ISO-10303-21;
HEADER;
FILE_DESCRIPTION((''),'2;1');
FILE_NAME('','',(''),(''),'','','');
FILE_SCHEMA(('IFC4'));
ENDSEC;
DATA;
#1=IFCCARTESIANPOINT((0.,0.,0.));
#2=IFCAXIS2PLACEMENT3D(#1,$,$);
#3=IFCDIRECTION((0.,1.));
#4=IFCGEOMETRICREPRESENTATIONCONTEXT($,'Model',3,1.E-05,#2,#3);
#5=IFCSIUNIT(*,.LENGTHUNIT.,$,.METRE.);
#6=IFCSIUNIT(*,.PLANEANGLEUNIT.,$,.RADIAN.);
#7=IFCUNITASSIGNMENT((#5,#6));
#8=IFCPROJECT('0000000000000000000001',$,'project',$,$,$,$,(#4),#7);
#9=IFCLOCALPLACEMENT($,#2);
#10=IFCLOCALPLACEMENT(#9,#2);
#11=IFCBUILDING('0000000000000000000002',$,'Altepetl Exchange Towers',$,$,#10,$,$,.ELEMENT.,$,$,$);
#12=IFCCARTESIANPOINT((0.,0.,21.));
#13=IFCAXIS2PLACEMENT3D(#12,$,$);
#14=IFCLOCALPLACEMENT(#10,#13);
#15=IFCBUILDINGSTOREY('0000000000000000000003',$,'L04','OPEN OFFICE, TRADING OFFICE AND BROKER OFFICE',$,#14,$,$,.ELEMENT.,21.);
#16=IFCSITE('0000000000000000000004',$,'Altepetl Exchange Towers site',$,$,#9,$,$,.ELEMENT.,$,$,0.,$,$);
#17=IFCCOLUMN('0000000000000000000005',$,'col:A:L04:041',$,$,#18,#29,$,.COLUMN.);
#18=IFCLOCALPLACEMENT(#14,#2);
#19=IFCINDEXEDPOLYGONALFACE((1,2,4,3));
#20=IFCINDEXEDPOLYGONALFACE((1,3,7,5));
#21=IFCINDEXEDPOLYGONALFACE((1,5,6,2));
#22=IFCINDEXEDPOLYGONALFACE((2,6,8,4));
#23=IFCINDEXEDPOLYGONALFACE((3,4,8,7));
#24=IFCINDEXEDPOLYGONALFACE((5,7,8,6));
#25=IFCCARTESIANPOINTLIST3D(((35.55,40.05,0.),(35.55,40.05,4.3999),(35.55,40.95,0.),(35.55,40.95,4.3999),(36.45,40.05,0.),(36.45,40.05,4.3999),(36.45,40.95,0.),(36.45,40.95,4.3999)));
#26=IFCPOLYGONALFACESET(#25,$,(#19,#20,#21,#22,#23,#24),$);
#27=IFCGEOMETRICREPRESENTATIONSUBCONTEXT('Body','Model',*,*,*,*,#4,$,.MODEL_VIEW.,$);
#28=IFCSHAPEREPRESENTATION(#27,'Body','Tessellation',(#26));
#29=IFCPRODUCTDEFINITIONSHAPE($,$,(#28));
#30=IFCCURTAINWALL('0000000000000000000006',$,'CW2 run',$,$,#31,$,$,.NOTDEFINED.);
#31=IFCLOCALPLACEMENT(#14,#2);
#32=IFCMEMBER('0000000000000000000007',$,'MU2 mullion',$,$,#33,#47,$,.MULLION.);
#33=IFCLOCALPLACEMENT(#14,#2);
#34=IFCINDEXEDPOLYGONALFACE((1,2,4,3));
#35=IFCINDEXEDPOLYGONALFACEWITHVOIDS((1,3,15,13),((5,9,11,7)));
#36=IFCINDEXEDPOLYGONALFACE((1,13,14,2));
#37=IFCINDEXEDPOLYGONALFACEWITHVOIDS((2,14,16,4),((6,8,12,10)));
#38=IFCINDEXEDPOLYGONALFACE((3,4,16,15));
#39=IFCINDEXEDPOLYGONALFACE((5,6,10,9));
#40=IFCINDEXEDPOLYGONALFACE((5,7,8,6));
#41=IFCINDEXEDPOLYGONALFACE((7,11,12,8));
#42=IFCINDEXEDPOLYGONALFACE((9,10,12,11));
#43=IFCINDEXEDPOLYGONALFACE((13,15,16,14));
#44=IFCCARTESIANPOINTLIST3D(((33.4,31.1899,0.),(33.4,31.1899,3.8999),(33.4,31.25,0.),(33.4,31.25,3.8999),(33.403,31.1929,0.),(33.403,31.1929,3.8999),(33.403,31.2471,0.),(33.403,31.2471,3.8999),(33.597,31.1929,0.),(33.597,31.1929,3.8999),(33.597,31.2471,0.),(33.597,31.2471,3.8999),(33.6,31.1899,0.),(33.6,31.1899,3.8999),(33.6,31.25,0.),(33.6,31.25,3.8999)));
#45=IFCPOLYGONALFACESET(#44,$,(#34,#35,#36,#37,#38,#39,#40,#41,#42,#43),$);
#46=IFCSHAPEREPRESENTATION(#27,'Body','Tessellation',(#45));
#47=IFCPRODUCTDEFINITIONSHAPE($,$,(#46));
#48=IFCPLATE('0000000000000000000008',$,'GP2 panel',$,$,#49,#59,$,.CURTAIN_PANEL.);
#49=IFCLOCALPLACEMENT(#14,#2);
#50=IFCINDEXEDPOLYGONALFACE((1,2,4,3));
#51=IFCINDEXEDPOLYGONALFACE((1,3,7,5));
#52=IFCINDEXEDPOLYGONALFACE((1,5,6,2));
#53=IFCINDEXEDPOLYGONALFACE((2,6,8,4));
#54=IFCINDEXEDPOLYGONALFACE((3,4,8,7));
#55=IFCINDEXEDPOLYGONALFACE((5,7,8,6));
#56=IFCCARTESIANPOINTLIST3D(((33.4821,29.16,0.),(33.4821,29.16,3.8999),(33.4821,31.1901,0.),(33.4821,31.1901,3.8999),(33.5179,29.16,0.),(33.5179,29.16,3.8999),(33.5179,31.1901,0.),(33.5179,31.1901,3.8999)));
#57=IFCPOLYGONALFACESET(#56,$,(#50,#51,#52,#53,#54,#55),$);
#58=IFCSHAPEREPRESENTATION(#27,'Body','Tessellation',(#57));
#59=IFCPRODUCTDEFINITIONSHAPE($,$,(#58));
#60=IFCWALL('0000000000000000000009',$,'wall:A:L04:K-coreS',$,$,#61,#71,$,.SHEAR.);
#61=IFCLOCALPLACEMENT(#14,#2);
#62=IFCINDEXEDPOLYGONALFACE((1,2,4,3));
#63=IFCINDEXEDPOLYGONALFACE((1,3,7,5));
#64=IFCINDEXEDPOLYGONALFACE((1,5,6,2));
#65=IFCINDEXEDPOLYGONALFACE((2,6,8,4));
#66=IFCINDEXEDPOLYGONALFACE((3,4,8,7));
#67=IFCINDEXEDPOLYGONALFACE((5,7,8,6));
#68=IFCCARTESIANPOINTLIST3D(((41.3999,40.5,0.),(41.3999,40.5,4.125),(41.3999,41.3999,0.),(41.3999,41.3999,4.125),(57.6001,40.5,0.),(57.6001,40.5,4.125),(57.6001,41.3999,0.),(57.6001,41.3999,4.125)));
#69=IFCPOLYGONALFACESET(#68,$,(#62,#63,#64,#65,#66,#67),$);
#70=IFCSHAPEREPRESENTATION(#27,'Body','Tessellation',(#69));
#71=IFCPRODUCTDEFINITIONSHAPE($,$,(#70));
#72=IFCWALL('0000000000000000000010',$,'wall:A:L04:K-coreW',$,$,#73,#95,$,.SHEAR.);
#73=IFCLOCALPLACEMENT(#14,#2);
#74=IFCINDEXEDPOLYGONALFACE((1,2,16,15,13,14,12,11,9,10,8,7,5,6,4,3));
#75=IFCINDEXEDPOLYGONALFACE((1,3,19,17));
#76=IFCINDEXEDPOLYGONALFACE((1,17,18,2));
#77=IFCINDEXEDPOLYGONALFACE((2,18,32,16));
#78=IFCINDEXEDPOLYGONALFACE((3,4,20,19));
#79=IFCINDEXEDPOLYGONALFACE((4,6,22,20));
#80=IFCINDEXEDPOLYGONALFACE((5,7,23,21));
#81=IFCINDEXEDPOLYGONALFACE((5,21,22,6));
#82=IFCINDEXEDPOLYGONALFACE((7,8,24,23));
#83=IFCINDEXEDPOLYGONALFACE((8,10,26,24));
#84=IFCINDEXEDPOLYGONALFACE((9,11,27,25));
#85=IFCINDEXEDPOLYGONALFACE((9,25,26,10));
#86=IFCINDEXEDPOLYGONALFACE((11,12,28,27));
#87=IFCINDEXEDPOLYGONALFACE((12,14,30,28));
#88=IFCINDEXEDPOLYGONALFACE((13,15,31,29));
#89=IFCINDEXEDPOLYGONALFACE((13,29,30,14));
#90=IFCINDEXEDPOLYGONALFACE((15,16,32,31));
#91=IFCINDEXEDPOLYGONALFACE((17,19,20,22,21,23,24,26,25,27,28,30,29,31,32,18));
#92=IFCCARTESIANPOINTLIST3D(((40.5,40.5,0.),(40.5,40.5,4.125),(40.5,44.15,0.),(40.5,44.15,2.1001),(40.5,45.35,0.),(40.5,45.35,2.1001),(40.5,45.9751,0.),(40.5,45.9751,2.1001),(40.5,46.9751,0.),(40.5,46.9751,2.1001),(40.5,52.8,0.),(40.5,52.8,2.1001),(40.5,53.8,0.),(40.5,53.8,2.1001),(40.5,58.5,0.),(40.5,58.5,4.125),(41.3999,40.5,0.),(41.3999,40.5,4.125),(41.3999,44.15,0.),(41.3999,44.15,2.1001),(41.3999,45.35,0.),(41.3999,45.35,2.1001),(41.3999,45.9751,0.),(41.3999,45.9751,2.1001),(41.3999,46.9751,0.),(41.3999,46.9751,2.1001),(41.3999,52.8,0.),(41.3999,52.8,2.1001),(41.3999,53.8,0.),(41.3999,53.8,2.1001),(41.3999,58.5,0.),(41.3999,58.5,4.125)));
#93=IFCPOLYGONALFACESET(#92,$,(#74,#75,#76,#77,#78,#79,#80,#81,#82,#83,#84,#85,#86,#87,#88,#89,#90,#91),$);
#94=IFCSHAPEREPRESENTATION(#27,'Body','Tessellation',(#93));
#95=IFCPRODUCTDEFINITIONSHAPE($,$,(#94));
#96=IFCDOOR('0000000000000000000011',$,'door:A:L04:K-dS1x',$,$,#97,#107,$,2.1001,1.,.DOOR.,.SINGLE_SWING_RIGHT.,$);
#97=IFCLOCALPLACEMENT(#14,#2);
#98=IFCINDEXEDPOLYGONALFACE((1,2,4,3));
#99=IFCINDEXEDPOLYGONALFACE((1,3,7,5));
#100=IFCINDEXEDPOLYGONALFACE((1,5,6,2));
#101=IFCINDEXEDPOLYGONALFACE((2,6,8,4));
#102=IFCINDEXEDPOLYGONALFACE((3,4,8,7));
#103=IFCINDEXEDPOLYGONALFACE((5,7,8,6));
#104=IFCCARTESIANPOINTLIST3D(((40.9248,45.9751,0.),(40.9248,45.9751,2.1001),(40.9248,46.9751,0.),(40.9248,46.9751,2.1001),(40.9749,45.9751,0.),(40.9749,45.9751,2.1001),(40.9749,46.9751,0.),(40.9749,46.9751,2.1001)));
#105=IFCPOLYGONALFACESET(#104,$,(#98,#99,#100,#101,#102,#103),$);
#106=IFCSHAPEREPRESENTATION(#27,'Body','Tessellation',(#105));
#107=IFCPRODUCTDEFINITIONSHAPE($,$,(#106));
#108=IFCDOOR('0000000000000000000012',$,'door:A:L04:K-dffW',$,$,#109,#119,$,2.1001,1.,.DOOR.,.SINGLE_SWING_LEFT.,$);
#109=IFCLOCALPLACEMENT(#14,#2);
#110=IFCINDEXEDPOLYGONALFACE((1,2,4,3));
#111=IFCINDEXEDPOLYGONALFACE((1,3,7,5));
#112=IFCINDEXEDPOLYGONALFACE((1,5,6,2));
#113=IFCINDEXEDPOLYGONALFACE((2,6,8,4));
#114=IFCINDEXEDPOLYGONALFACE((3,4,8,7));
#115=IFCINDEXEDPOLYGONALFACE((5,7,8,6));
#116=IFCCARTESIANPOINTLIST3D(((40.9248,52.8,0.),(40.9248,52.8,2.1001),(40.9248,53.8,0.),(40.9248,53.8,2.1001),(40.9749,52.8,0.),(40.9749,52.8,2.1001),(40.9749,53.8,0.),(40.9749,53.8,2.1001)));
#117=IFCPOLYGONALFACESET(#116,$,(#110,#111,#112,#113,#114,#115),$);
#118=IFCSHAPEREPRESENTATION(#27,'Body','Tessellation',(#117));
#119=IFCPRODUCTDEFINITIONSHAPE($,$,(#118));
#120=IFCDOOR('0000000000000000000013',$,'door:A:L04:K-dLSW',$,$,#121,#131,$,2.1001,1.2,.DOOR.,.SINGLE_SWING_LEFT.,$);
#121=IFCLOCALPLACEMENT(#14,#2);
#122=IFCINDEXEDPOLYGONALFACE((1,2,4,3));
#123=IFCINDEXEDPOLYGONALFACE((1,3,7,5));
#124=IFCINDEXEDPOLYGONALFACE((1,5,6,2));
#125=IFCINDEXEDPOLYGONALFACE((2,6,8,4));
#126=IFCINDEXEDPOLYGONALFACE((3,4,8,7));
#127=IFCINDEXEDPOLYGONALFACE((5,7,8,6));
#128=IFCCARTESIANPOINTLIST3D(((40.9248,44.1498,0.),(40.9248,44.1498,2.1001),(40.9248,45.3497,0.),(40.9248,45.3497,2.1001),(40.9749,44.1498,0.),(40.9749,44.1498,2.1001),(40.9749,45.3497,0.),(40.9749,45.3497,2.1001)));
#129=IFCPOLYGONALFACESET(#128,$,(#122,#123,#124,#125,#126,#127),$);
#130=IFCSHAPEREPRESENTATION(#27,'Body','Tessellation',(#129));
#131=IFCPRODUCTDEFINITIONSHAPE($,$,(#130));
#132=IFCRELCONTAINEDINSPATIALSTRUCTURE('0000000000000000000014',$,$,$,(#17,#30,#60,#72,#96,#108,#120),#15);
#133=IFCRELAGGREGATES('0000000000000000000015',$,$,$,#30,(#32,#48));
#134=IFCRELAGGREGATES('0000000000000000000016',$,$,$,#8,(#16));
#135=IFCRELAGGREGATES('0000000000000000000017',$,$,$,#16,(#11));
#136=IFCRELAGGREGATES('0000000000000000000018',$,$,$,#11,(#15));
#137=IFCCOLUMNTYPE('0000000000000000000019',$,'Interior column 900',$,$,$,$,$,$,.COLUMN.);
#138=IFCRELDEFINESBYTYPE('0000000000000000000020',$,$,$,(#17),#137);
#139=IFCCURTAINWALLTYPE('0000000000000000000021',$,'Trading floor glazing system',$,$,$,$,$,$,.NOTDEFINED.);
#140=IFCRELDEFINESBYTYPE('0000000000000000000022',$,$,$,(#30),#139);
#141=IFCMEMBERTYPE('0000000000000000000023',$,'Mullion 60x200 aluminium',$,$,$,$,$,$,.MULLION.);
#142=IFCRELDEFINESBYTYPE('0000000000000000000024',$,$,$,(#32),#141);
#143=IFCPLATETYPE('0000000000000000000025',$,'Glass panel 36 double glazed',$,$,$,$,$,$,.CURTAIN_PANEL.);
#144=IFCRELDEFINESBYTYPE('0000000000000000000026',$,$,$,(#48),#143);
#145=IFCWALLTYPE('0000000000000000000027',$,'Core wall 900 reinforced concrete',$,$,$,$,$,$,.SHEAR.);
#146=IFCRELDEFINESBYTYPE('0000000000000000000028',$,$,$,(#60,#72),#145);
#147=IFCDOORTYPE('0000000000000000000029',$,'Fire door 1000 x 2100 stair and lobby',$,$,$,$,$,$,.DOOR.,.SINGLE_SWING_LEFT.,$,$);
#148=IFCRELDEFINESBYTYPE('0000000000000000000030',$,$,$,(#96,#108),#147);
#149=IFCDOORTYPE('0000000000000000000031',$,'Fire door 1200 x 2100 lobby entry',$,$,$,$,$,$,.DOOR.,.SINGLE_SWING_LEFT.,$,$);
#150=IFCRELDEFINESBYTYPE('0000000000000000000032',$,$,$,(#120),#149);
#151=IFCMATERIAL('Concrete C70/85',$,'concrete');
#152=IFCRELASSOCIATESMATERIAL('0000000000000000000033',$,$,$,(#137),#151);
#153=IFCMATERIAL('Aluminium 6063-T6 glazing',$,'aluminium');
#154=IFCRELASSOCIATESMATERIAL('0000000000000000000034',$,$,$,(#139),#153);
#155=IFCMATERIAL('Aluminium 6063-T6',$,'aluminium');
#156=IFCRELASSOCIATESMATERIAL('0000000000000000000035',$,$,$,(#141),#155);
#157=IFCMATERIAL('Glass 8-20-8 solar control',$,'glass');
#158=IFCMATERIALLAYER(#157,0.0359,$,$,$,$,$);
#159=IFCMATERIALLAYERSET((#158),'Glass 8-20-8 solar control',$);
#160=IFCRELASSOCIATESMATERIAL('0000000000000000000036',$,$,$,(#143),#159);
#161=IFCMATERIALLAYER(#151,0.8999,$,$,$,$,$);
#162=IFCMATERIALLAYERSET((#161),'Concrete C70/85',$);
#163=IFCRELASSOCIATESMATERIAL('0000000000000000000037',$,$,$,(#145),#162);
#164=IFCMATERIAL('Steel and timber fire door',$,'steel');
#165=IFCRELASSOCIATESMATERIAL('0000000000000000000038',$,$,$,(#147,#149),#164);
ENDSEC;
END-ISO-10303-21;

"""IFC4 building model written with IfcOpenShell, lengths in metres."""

from ifc_helpers import new_model, si_unit, direction, frame, frame_2d, origin, origin_2d, place, context, subcontext, project, spatial, rectangle, hollow_rectangle, extrude, material, layer, layer_set, material_profile, profile_set, type_object, element, fill, aggregate, save


model = new_model("IFC4")

# Units and contexts
model_context = context("Model", 3, precision=1e-05, world=origin(), true_north=direction((0.0, 1.0)))
body_context = subcontext(model_context, "Body", "Model", "MODEL_VIEW")
ifc_project = project(units=[si_unit("LENGTHUNIT", "METRE"), si_unit("PLANEANGLEUNIT", "RADIAN")], contexts=[model_context])

# Site, building, storey
site_placement = place(None, origin())
site = spatial("IfcSite", under=ifc_project, at=site_placement, Name="Altepetl Exchange Towers site", CompositionType="ELEMENT", RefElevation=0.0)
building_placement = place(site_placement, origin())
building = spatial("IfcBuilding", under=site, at=building_placement, Name="Altepetl Exchange Towers", CompositionType="ELEMENT")
storey_placement = place(building_placement, frame((0.0, 0.0, 21.0)))
storey = spatial("IfcBuildingStorey", under=building, at=storey_placement, Name="L04", Description="OPEN OFFICE, TRADING OFFICE AND BROKER OFFICE", CompositionType="ELEMENT", Elevation=21.0)

# Column
ifc_material_1 = material(Name="Concrete C70/85", Category="concrete")
ifc_material_profile_1 = material_profile(ifc_material_1, rectangle(XDim=0.8999, YDim=0.8999, at=origin_2d()), Name="900 x 900")
ifc_profile_set_1 = profile_set([ifc_material_profile_1], Name="Concrete C70/85")
column_type = type_object("IfcColumnType", Name="Interior column 900", PredefinedType="COLUMN", material=ifc_profile_set_1)
column_placement = place(storey_placement, frame((36.0, 40.5, 0.0)))
element("IfcColumn", 1, at=column_placement, inside=storey, type_object=column_type, Name="col:A:L04:041", PredefinedType="COLUMN", context=body_context, shape_type="SweptSolid", body=[
    extrude(rectangle(XDim=0.8999, YDim=0.8999, at=origin_2d()), origin(), (0.0, 0.0, 1.0), 4.3999),
])

# Curtain wall, member, plate
ifc_material_2 = material(Name="Aluminium 6063-T6 glazing", Category="aluminium")
curtain_wall_type = type_object("IfcCurtainWallType", Name="Trading floor glazing system", PredefinedType="NOTDEFINED", material=ifc_material_2)
curtain_wall_placement = place(storey_placement, origin())
curtain_wall = element("IfcCurtainWall", 2, at=curtain_wall_placement, inside=storey, type_object=curtain_wall_type, Name="CW2 run", PredefinedType="NOTDEFINED")
ifc_material_3 = material(Name="Aluminium 6063-T6", Category="aluminium")
ifc_material_profile_2 = material_profile(ifc_material_3, hollow_rectangle(XDim=0.0601, YDim=0.2, WallThickness=0.0029, at=origin_2d()), Name="Mullion 60x200 aluminium")
ifc_profile_set_2 = profile_set([ifc_material_profile_2], Name="Aluminium 6063-T6")
member_type = type_object("IfcMemberType", Name="Mullion 60x200 aluminium", PredefinedType="MULLION", material=ifc_profile_set_2)
member_placement = place(storey_placement, frame((33.5, 31.22, 0.0), z_axis=(0.0, 0.0, 1.0), x_axis=(0.0, -1.0, 0.0)))
member = element("IfcMember", 3, at=member_placement, type_object=member_type, Name="MU2 mullion", PredefinedType="MULLION", context=body_context, shape_type="SweptSolid", body=[
    extrude(hollow_rectangle(XDim=0.0601, YDim=0.2, WallThickness=0.0029, at=origin_2d()), origin(), (0.0, 0.0, 1.0), 3.8999),
])
ifc_material_4 = material(Name="Glass 8-20-8 solar control", Category="glass")
ifc_layer_1 = layer(ifc_material_4, 0.0359)
ifc_layer_set_1 = layer_set([ifc_layer_1], Name="Glass 8-20-8 solar control")
plate_type = type_object("IfcPlateType", Name="Glass panel 36 double glazed", PredefinedType="CURTAIN_PANEL", material=ifc_layer_set_1)
plate_placement = place(storey_placement, frame((33.5, 30.175, 0.0), z_axis=(0.0, 0.0, 1.0), x_axis=(0.0, -1.0, 0.0)))
plate = element("IfcPlate", 4, at=plate_placement, type_object=plate_type, Name="GP2 panel", PredefinedType="CURTAIN_PANEL", context=body_context, shape_type="SweptSolid", body=[
    extrude(rectangle(XDim=2.03, YDim=0.0359, at=origin_2d()), origin(), (0.0, 0.0, 1.0), 3.8999),
])
aggregate(curtain_wall, [member, plate])

# Wall
ifc_layer_2 = layer(ifc_material_1, 0.8999)
ifc_layer_set_2 = layer_set([ifc_layer_2], Name="Concrete C70/85")
wall_type_1 = type_object("IfcWallType", Name="Core wall 900 reinforced concrete", PredefinedType="SHEAR", material=ifc_layer_set_2)
wall_1_placement = place(storey_placement, frame((41.3999, 40.95, 0.0)))
element("IfcWall", 5, at=wall_1_placement, inside=storey, type_object=wall_type_1, Name="wall:A:L04:K-coreS", PredefinedType="SHEAR", context=body_context, shape_type="SweptSolid", body=[
    extrude(rectangle(XDim=16.2002, YDim=0.8999, at=frame_2d((8.1001, 0.0))), origin(), (0.0, 0.0, 1.0), 4.125),
])

# Wall, openings, doors
wall_2_placement = place(storey_placement, frame((40.95, 40.5, 0.0), z_axis=(0.0, 0.0, 1.0), x_axis=(0.0, 1.0, 0.0)))
wall_2 = element("IfcWall", 6, at=wall_2_placement, inside=storey, type_object=wall_type_1, Name="wall:A:L04:K-coreW", PredefinedType="SHEAR", context=body_context, shape_type="SweptSolid", body=[
    extrude(rectangle(XDim=18.0, YDim=0.8999, at=frame_2d((9.0, 0.0))), origin(), (0.0, 0.0, 1.0), 4.125),
])
opening_1_placement = place(wall_2_placement, frame((3.6499, 0.0, 0.0)))
opening_1 = element("IfcOpeningElement", 7, at=opening_1_placement, cuts=wall_2, PredefinedType="OPENING", context=body_context, shape_type="SweptSolid", body=[
    extrude(rectangle(XDim=1.2, YDim=2.1001, at=frame_2d((0.6001, 1.05))), frame((0.0, 0.46, 0.0), z_axis=(0.0, -1.0, 0.0), x_axis=(1.0, 0.0, 0.0)), (0.0, 0.0, 1.0), 0.9199),
])
opening_2_placement = place(wall_2_placement, frame((5.4751, 0.0, 0.0)))
opening_2 = element("IfcOpeningElement", 8, at=opening_2_placement, cuts=wall_2, PredefinedType="OPENING", context=body_context, shape_type="SweptSolid", body=[
    extrude(rectangle(XDim=1.0, YDim=2.1001, at=frame_2d((0.5, 1.05))), frame((0.0, 0.46, 0.0), z_axis=(0.0, -1.0, 0.0), x_axis=(1.0, 0.0, 0.0)), (0.0, 0.0, 1.0), 0.9199),
])
opening_3_placement = place(wall_2_placement, frame((12.3, 0.0, 0.0)))
opening_3 = element("IfcOpeningElement", 9, at=opening_3_placement, cuts=wall_2, PredefinedType="OPENING", context=body_context, shape_type="SweptSolid", body=[
    extrude(rectangle(XDim=1.0, YDim=2.1001, at=frame_2d((0.5, 1.05))), frame((0.0, 0.46, 0.0), z_axis=(0.0, -1.0, 0.0), x_axis=(1.0, 0.0, 0.0)), (0.0, 0.0, 1.0), 0.9199),
])
ifc_material_5 = material(Name="Steel and timber fire door", Category="steel")
door_type_1 = type_object("IfcDoorType", Name="Fire door 1000 x 2100 stair and lobby", OperationType="SINGLE_SWING_LEFT", PredefinedType="DOOR", material=ifc_material_5)
door_1_placement = place(opening_2_placement, frame((1.0, 0.0, 0.0), x_axis=(-1.0, 0.0, 0.0)))
door_1 = element("IfcDoor", 10, at=door_1_placement, inside=storey, type_object=door_type_1, Name="door:A:L04:K-dS1x", OperationType="SINGLE_SWING_RIGHT", OverallHeight=2.1001, OverallWidth=1.0, PredefinedType="DOOR", context=body_context, shape_type="SweptSolid", body=[
    extrude(rectangle(XDim=1.0, YDim=2.1001, at=frame_2d((0.5, 1.05))), frame((0.0, 0.0249, 0.0), z_axis=(0.0, -1.0, 0.0), x_axis=(1.0, 0.0, 0.0)), (0.0, 0.0, 1.0), 0.05),
])
fill(opening_2, door_1)
door_2_placement = place(opening_3_placement, frame((1.0, 0.0, 0.0), x_axis=(-1.0, 0.0, 0.0)))
door_2 = element("IfcDoor", 11, at=door_2_placement, inside=storey, type_object=door_type_1, Name="door:A:L04:K-dffW", OperationType="SINGLE_SWING_LEFT", OverallHeight=2.1001, OverallWidth=1.0, PredefinedType="DOOR", context=body_context, shape_type="SweptSolid", body=[
    extrude(rectangle(XDim=1.0, YDim=2.1001, at=frame_2d((0.5, 1.05))), frame((0.0, 0.0249, 0.0), z_axis=(0.0, -1.0, 0.0), x_axis=(1.0, 0.0, 0.0)), (0.0, 0.0, 1.0), 0.05),
])
fill(opening_3, door_2)
door_type_2 = type_object("IfcDoorType", Name="Fire door 1200 x 2100 lobby entry", OperationType="SINGLE_SWING_LEFT", PredefinedType="DOOR", material=ifc_material_5)
door_3_placement = place(opening_1_placement, frame((1.2, 0.0, 0.0), x_axis=(-1.0, 0.0, 0.0)))
door_3 = element("IfcDoor", 12, at=door_3_placement, inside=storey, type_object=door_type_2, Name="door:A:L04:K-dLSW", OperationType="SINGLE_SWING_LEFT", OverallHeight=2.1001, OverallWidth=1.2, PredefinedType="DOOR", context=body_context, shape_type="SweptSolid", body=[
    extrude(rectangle(XDim=1.2, YDim=2.1001, at=frame_2d((0.6001, 1.05))), frame((0.0, 0.0249, 0.0), z_axis=(0.0, -1.0, 0.0), x_axis=(1.0, 0.0, 0.0)), (0.0, 0.0, 1.0), 0.05),
])
fill(opening_1, door_3)

save(model, "model.ifc")
